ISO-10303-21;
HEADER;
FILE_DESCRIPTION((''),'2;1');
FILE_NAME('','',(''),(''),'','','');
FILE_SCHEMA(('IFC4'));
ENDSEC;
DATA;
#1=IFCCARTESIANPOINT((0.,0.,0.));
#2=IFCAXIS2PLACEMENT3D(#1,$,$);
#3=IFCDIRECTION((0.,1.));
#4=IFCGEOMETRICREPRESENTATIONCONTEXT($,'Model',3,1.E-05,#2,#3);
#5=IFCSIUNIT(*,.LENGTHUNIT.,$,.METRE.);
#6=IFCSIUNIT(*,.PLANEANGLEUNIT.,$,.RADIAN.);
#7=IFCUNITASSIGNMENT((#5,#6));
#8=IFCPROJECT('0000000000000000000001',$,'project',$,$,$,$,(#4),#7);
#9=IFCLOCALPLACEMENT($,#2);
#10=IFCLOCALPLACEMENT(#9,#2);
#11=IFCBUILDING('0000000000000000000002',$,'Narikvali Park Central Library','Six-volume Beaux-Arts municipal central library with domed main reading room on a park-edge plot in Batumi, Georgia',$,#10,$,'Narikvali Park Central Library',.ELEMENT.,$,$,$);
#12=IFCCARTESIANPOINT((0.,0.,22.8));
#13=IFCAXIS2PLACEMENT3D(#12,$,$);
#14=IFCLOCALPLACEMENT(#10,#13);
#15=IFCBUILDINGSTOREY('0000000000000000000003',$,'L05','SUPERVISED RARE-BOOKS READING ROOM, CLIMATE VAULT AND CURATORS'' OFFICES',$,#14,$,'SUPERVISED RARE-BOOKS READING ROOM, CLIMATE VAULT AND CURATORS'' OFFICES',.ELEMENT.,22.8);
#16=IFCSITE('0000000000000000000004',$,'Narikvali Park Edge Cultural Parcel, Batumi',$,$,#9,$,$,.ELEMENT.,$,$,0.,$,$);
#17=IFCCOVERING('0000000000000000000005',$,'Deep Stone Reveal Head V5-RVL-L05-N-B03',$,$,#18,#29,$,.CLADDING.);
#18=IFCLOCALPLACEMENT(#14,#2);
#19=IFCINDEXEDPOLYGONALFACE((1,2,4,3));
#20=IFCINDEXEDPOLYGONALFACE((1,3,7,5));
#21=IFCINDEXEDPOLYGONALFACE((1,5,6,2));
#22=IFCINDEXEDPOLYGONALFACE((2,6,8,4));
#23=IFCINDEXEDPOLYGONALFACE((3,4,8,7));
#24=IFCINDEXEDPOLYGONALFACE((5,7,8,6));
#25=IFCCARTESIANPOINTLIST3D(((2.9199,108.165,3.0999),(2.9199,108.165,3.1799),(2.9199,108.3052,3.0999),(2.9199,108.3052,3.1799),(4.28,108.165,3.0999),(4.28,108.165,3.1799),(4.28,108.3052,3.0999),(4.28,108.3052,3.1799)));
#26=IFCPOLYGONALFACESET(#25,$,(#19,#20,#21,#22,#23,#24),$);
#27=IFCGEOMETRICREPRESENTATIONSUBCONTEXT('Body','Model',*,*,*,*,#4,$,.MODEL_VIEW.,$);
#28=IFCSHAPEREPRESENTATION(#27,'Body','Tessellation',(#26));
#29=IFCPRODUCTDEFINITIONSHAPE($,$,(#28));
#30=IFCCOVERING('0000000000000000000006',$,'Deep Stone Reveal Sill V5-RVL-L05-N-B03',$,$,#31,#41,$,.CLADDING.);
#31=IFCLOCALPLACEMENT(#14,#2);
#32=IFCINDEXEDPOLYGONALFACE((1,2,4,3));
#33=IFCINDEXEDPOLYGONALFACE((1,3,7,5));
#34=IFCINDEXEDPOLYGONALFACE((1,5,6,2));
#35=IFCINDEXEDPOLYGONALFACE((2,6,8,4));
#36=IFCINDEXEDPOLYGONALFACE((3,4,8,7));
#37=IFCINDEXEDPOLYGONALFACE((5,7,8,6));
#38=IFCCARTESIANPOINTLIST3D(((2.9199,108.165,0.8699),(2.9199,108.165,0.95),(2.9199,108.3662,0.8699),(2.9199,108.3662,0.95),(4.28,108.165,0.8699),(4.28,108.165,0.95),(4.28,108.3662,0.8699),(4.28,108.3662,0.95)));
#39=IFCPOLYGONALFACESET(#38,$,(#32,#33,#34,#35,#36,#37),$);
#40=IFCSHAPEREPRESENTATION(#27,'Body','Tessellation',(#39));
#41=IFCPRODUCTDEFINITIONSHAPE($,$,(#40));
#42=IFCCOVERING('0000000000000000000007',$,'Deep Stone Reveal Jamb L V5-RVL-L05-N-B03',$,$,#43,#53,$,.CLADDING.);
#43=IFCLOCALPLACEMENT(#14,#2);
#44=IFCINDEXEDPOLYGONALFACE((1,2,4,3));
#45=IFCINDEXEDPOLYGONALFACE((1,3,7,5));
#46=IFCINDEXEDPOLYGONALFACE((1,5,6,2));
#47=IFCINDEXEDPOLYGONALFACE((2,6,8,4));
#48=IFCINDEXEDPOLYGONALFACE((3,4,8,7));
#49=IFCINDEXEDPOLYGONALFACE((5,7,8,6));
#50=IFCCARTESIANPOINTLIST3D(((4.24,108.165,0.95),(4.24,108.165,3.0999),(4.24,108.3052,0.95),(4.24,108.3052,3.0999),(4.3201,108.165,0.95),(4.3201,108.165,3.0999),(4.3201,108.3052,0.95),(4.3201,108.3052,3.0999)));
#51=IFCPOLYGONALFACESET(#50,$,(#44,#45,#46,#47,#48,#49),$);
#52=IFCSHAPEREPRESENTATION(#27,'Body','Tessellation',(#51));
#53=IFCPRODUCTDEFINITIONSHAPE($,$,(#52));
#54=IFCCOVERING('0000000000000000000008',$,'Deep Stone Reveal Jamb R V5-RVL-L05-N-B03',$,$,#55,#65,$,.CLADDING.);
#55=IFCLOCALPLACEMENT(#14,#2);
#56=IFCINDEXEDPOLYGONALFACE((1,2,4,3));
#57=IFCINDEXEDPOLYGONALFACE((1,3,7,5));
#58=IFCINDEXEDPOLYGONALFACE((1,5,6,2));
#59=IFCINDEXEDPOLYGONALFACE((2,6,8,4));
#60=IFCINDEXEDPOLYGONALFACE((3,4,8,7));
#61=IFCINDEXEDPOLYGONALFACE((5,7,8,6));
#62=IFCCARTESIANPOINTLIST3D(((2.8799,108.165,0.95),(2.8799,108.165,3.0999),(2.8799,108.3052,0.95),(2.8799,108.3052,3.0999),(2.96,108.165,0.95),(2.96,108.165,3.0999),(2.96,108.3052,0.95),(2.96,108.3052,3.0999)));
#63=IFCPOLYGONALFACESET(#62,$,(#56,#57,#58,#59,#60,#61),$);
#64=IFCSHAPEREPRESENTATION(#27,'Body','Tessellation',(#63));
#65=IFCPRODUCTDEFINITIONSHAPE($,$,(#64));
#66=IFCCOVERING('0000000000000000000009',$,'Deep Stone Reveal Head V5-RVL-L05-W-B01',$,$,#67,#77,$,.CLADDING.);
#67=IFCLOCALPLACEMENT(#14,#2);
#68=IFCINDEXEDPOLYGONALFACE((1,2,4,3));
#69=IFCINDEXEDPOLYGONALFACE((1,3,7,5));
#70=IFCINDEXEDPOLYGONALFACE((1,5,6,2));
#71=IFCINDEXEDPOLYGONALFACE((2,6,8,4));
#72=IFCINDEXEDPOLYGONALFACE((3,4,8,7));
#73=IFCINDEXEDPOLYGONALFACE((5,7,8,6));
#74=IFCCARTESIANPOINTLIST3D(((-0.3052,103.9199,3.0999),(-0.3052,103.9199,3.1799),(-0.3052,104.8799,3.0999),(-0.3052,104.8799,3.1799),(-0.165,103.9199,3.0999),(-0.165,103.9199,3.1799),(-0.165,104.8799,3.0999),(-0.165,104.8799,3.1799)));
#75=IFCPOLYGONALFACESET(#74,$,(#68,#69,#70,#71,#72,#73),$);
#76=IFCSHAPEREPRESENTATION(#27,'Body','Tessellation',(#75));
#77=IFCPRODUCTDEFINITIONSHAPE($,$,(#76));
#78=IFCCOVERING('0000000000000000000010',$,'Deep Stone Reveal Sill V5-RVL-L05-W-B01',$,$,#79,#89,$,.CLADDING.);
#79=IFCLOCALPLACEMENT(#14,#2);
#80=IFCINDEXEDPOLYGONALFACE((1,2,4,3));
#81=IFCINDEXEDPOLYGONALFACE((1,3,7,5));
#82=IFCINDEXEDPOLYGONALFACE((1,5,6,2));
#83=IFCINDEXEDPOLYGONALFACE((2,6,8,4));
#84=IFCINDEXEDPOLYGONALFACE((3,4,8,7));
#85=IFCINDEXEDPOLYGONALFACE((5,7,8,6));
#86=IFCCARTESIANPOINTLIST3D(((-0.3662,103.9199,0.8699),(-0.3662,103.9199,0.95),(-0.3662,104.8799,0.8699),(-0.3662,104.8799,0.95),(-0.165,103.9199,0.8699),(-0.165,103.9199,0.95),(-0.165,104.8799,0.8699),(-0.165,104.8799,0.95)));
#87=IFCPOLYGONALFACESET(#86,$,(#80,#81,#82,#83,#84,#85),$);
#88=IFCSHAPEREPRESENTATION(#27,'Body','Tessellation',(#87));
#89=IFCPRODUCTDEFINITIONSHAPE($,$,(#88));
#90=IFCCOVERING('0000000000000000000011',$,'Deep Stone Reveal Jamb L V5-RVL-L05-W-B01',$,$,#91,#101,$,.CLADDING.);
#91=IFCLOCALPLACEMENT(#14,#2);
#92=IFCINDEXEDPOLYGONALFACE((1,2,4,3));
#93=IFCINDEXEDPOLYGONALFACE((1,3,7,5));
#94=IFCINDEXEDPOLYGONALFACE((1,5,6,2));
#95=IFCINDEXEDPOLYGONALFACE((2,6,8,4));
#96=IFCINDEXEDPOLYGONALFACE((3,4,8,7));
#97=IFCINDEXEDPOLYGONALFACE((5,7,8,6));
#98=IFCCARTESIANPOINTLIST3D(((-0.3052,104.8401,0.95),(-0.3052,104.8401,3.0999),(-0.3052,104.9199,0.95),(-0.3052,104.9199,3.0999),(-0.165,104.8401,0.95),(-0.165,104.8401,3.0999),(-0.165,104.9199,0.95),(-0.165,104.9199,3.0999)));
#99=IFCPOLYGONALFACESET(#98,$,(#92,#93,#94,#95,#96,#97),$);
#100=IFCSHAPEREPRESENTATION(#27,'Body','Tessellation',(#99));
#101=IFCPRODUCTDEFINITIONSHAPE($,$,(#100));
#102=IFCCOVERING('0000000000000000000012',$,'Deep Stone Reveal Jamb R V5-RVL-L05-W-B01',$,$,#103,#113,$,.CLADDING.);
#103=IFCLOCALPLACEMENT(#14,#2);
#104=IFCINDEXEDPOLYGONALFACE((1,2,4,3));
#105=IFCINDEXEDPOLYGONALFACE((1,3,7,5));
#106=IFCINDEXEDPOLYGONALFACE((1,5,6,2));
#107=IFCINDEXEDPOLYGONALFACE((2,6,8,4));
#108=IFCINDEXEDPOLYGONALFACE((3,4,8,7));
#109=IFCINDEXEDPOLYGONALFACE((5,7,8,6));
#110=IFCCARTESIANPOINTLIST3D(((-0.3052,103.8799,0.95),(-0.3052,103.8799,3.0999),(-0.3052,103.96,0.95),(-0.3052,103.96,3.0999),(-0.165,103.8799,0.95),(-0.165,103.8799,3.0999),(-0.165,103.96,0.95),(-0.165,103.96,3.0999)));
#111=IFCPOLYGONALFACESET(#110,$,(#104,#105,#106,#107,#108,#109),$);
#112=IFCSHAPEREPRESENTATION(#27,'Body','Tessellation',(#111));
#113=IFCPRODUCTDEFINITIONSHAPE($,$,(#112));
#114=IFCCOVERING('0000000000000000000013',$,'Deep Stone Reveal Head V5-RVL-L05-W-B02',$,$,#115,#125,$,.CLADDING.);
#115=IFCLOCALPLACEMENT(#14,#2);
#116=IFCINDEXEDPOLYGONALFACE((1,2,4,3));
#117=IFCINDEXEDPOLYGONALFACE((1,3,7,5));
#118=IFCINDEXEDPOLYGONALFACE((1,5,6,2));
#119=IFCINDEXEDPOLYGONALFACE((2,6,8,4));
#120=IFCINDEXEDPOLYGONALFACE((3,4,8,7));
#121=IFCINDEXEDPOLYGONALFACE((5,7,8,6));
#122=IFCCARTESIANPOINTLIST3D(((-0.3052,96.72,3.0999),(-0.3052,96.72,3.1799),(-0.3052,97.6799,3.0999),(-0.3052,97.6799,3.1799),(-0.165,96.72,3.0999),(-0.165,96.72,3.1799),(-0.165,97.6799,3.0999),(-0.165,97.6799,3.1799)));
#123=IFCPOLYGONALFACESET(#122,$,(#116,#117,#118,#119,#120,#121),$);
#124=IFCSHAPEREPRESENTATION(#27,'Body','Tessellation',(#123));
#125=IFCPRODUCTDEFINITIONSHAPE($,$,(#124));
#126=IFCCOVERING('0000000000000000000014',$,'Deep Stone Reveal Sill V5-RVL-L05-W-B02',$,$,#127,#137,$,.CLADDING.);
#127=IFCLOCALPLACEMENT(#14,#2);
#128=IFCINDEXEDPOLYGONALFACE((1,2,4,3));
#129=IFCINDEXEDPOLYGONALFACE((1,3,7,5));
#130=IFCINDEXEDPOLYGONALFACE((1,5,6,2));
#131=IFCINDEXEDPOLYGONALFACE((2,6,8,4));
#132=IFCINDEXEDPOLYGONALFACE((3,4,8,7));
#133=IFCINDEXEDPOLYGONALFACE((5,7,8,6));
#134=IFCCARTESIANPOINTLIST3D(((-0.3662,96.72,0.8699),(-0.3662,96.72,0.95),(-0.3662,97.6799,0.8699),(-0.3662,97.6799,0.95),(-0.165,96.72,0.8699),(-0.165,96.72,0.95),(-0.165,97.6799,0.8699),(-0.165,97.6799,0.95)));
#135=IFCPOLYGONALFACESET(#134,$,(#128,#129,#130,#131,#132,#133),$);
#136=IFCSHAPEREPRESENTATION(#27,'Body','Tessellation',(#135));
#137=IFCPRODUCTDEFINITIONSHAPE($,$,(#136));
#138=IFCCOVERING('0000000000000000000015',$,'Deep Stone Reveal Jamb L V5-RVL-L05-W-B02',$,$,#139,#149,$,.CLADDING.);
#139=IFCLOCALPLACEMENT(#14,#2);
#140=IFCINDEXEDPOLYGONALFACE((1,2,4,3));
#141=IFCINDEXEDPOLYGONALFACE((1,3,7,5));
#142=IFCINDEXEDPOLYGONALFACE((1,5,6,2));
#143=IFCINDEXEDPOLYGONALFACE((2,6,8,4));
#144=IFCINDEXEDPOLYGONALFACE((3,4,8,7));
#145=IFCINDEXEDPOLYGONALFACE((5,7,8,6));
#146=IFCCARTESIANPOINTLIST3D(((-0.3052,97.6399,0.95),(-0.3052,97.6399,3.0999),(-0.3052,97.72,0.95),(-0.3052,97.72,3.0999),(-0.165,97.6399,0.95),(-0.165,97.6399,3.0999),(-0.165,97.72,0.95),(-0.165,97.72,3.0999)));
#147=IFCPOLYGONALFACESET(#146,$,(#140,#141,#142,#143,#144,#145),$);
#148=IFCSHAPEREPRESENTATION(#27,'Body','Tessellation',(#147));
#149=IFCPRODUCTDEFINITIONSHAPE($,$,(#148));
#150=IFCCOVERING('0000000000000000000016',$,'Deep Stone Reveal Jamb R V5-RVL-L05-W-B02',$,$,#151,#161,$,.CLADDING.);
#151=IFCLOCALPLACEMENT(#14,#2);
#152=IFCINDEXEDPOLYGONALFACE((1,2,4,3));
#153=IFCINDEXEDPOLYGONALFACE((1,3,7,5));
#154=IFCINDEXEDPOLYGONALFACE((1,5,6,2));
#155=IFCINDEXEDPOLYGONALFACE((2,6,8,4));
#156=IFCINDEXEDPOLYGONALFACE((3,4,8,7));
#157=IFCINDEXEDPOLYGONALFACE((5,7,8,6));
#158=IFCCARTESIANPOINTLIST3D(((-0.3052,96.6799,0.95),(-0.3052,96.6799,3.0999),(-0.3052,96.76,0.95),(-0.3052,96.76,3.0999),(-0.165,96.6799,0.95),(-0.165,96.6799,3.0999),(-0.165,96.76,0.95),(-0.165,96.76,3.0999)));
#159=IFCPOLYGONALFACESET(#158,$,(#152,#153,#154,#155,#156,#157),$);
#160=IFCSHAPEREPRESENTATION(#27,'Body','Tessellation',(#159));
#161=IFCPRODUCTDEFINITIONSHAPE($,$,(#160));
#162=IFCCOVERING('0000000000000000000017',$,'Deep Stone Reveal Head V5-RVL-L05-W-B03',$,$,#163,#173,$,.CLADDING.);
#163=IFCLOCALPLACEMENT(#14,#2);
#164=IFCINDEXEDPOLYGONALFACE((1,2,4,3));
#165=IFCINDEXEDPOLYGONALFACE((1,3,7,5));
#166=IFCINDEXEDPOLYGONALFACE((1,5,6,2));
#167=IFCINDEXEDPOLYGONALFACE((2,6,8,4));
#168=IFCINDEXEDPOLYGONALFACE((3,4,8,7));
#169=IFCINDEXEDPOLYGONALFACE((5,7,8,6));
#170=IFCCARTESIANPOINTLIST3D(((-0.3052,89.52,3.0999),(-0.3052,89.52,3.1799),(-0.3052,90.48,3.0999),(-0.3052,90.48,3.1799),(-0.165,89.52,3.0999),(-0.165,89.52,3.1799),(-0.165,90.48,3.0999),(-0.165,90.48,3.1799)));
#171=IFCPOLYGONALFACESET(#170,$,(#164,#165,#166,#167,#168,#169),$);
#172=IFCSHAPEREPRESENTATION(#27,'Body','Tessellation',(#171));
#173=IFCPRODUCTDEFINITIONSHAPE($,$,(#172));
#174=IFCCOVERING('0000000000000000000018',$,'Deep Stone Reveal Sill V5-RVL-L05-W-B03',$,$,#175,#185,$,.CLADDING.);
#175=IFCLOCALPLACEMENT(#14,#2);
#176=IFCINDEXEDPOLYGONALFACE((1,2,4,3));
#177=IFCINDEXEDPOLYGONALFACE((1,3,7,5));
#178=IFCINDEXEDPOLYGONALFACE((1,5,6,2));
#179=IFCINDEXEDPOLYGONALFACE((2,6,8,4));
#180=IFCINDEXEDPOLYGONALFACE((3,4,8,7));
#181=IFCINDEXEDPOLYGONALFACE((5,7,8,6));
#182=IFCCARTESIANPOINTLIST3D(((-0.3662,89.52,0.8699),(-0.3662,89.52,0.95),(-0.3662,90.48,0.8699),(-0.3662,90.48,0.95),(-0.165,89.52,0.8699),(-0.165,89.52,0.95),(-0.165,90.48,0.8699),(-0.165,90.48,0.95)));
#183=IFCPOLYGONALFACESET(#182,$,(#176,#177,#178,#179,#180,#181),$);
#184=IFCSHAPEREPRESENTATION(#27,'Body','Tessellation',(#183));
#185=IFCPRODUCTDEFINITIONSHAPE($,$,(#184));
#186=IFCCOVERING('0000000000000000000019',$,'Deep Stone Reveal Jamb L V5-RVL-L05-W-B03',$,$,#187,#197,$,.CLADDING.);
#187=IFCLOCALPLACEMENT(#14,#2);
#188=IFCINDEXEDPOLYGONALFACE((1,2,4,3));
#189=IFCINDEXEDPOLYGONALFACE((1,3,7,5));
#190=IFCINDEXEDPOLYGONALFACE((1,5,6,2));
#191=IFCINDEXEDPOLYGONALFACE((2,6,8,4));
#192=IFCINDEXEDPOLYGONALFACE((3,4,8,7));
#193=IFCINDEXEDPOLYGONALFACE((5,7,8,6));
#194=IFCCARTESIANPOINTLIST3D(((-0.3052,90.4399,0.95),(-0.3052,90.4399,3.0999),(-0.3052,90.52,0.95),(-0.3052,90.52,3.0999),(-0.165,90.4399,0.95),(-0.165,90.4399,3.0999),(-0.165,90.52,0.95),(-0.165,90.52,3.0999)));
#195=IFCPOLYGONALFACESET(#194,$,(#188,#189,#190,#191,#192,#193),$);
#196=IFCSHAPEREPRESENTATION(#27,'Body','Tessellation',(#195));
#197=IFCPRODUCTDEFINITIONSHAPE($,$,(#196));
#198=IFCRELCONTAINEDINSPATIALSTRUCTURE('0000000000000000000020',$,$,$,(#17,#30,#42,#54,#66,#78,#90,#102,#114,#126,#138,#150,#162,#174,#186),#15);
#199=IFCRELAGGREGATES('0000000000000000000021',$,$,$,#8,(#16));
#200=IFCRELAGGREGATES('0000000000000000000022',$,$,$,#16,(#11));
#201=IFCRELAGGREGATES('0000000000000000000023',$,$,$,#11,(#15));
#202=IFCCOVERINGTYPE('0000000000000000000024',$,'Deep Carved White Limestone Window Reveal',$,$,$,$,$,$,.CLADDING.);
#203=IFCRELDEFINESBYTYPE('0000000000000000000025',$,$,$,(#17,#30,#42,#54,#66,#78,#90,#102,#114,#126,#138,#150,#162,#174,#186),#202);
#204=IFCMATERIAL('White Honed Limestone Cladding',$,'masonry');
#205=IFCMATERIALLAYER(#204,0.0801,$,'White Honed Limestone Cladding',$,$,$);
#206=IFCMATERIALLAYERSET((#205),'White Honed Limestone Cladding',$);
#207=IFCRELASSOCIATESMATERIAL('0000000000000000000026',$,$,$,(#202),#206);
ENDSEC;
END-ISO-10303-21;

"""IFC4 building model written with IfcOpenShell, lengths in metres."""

from ifc_helpers import new_model, si_unit, direction, frame, origin, place, context, subcontext, project, spatial, polyline, outline, extrude, material, layer, layer_set, type_object, element, save


model = new_model("IFC4")

# Units and contexts
model_context = context("Model", 3, precision=1e-05, world=origin(), true_north=direction((0.0, 1.0)))
body_context = subcontext(model_context, "Body", "Model", "MODEL_VIEW")
ifc_project = project(units=[si_unit("LENGTHUNIT", "METRE"), si_unit("PLANEANGLEUNIT", "RADIAN")], contexts=[model_context])

# Site, building, storey
site_placement = place(None, origin())
site = spatial("IfcSite", under=ifc_project, at=site_placement, Name="Narikvali Park Edge Cultural Parcel, Batumi", CompositionType="ELEMENT", RefElevation=0.0)
building_placement = place(site_placement, origin())
building = spatial("IfcBuilding", under=site, at=building_placement, Name="Narikvali Park Central Library", Description="Six-volume Beaux-Arts municipal central library with domed main reading room on a park-edge plot in Batumi, Georgia", LongName="Narikvali Park Central Library", CompositionType="ELEMENT")
storey_placement = place(building_placement, frame((0.0, 0.0, 22.8)))
storey = spatial("IfcBuildingStorey", under=building, at=storey_placement, Name="L05", Description="SUPERVISED RARE-BOOKS READING ROOM, CLIMATE VAULT AND CURATORS' OFFICES", LongName="SUPERVISED RARE-BOOKS READING ROOM, CLIMATE VAULT AND CURATORS' OFFICES", CompositionType="ELEMENT", Elevation=22.8)

# Coverings
ifc_material = material(Name="White Honed Limestone Cladding", Category="masonry")
ifc_layer = layer(ifc_material, 0.0801, Name="White Honed Limestone Cladding")
ifc_layer_set = layer_set([ifc_layer], Name="White Honed Limestone Cladding")
covering_type = type_object("IfcCoveringType", Name="Deep Carved White Limestone Window Reveal", PredefinedType="CLADDING", material=ifc_layer_set)
covering_1_placement = place(storey_placement, frame((0.0, 0.0, 3.0999)))
element("IfcCovering", 1, at=covering_1_placement, inside=storey, type_object=covering_type, Name="Deep Stone Reveal Head V5-RVL-L05-N-B03", PredefinedType="CLADDING", context=body_context, shape_type="SweptSolid", body=[
    extrude(outline(polyline([(4.28, 108.165), (2.9199, 108.165), (2.9199, 108.3052), (4.28, 108.3052), (4.28, 108.165)])), origin(), (0.0, 0.0, 1.0), 0.0801),
])
covering_2_placement = place(storey_placement, frame((0.0, 0.0, 0.8699)))
element("IfcCovering", 2, at=covering_2_placement, inside=storey, type_object=covering_type, Name="Deep Stone Reveal Sill V5-RVL-L05-N-B03", PredefinedType="CLADDING", context=body_context, shape_type="SweptSolid", body=[
    extrude(outline(polyline([(4.28, 108.165), (2.9199, 108.165), (2.9199, 108.3662), (4.28, 108.3662), (4.28, 108.165)])), origin(), (0.0, 0.0, 1.0), 0.0801),
])
covering_3_placement = place(storey_placement, frame((0.0, 0.0, 0.95)))
element("IfcCovering", 3, at=covering_3_placement, inside=storey, type_object=covering_type, Name="Deep Stone Reveal Jamb L V5-RVL-L05-N-B03", PredefinedType="CLADDING", context=body_context, shape_type="SweptSolid", body=[
    extrude(outline(polyline([(4.3201, 108.165), (4.24, 108.165), (4.24, 108.3052), (4.3201, 108.3052), (4.3201, 108.165)])), origin(), (0.0, 0.0, 1.0), 2.1499),
])
covering_4_placement = place(storey_placement, frame((0.0, 0.0, 0.95)))
element("IfcCovering", 4, at=covering_4_placement, inside=storey, type_object=covering_type, Name="Deep Stone Reveal Jamb R V5-RVL-L05-N-B03", PredefinedType="CLADDING", context=body_context, shape_type="SweptSolid", body=[
    extrude(outline(polyline([(2.96, 108.165), (2.8799, 108.165), (2.8799, 108.3052), (2.96, 108.3052), (2.96, 108.165)])), origin(), (0.0, 0.0, 1.0), 2.1499),
])
covering_5_placement = place(storey_placement, frame((0.0, 0.0, 3.0999)))
element("IfcCovering", 5, at=covering_5_placement, inside=storey, type_object=covering_type, Name="Deep Stone Reveal Head V5-RVL-L05-W-B01", PredefinedType="CLADDING", context=body_context, shape_type="SweptSolid", body=[
    extrude(outline(polyline([(-0.165, 104.8799), (-0.165, 103.9199), (-0.3052, 103.9199), (-0.3052, 104.8799), (-0.165, 104.8799)])), origin(), (0.0, 0.0, 1.0), 0.0801),
])
covering_6_placement = place(storey_placement, frame((0.0, 0.0, 0.8699)))
element("IfcCovering", 6, at=covering_6_placement, inside=storey, type_object=covering_type, Name="Deep Stone Reveal Sill V5-RVL-L05-W-B01", PredefinedType="CLADDING", context=body_context, shape_type="SweptSolid", body=[
    extrude(outline(polyline([(-0.165, 104.8799), (-0.165, 103.9199), (-0.3662, 103.9199), (-0.3662, 104.8799), (-0.165, 104.8799)])), origin(), (0.0, 0.0, 1.0), 0.0801),
])
covering_7_placement = place(storey_placement, frame((0.0, 0.0, 0.95)))
element("IfcCovering", 7, at=covering_7_placement, inside=storey, type_object=covering_type, Name="Deep Stone Reveal Jamb L V5-RVL-L05-W-B01", PredefinedType="CLADDING", context=body_context, shape_type="SweptSolid", body=[
    extrude(outline(polyline([(-0.165, 104.9199), (-0.165, 104.8401), (-0.3052, 104.8401), (-0.3052, 104.9199), (-0.165, 104.9199)])), origin(), (0.0, 0.0, 1.0), 2.1499),
])
covering_8_placement = place(storey_placement, frame((0.0, 0.0, 0.95)))
element("IfcCovering", 8, at=covering_8_placement, inside=storey, type_object=covering_type, Name="Deep Stone Reveal Jamb R V5-RVL-L05-W-B01", PredefinedType="CLADDING", context=body_context, shape_type="SweptSolid", body=[
    extrude(outline(polyline([(-0.165, 103.96), (-0.165, 103.8799), (-0.3052, 103.8799), (-0.3052, 103.96), (-0.165, 103.96)])), origin(), (0.0, 0.0, 1.0), 2.1499),
])
covering_9_placement = place(storey_placement, frame((0.0, 0.0, 3.0999)))
element("IfcCovering", 9, at=covering_9_placement, inside=storey, type_object=covering_type, Name="Deep Stone Reveal Head V5-RVL-L05-W-B02", PredefinedType="CLADDING", context=body_context, shape_type="SweptSolid", body=[
    extrude(outline(polyline([(-0.165, 97.6799), (-0.165, 96.72), (-0.3052, 96.72), (-0.3052, 97.6799), (-0.165, 97.6799)])), origin(), (0.0, 0.0, 1.0), 0.0801),
])
covering_10_placement = place(storey_placement, frame((0.0, 0.0, 0.8699)))
element("IfcCovering", 10, at=covering_10_placement, inside=storey, type_object=covering_type, Name="Deep Stone Reveal Sill V5-RVL-L05-W-B02", PredefinedType="CLADDING", context=body_context, shape_type="SweptSolid", body=[
    extrude(outline(polyline([(-0.165, 97.6799), (-0.165, 96.72), (-0.3662, 96.72), (-0.3662, 97.6799), (-0.165, 97.6799)])), origin(), (0.0, 0.0, 1.0), 0.0801),
])
covering_11_placement = place(storey_placement, frame((0.0, 0.0, 0.95)))
element("IfcCovering", 11, at=covering_11_placement, inside=storey, type_object=covering_type, Name="Deep Stone Reveal Jamb L V5-RVL-L05-W-B02", PredefinedType="CLADDING", context=body_context, shape_type="SweptSolid", body=[
    extrude(outline(polyline([(-0.165, 97.72), (-0.165, 97.6399), (-0.3052, 97.6399), (-0.3052, 97.72), (-0.165, 97.72)])), origin(), (0.0, 0.0, 1.0), 2.1499),
])
covering_12_placement = place(storey_placement, frame((0.0, 0.0, 0.95)))
element("IfcCovering", 12, at=covering_12_placement, inside=storey, type_object=covering_type, Name="Deep Stone Reveal Jamb R V5-RVL-L05-W-B02", PredefinedType="CLADDING", context=body_context, shape_type="SweptSolid", body=[
    extrude(outline(polyline([(-0.165, 96.76), (-0.165, 96.6799), (-0.3052, 96.6799), (-0.3052, 96.76), (-0.165, 96.76)])), origin(), (0.0, 0.0, 1.0), 2.1499),
])
covering_13_placement = place(storey_placement, frame((0.0, 0.0, 3.0999)))
element("IfcCovering", 13, at=covering_13_placement, inside=storey, type_object=covering_type, Name="Deep Stone Reveal Head V5-RVL-L05-W-B03", PredefinedType="CLADDING", context=body_context, shape_type="SweptSolid", body=[
    extrude(outline(polyline([(-0.165, 90.48), (-0.165, 89.52), (-0.3052, 89.52), (-0.3052, 90.48), (-0.165, 90.48)])), origin(), (0.0, 0.0, 1.0), 0.0801),
])
covering_14_placement = place(storey_placement, frame((0.0, 0.0, 0.8699)))
element("IfcCovering", 14, at=covering_14_placement, inside=storey, type_object=covering_type, Name="Deep Stone Reveal Sill V5-RVL-L05-W-B03", PredefinedType="CLADDING", context=body_context, shape_type="SweptSolid", body=[
    extrude(outline(polyline([(-0.165, 90.48), (-0.165, 89.52), (-0.3662, 89.52), (-0.3662, 90.48), (-0.165, 90.48)])), origin(), (0.0, 0.0, 1.0), 0.0801),
])
covering_15_placement = place(storey_placement, frame((0.0, 0.0, 0.95)))
element("IfcCovering", 15, at=covering_15_placement, inside=storey, type_object=covering_type, Name="Deep Stone Reveal Jamb L V5-RVL-L05-W-B03", PredefinedType="CLADDING", context=body_context, shape_type="SweptSolid", body=[
    extrude(outline(polyline([(-0.165, 90.52), (-0.165, 90.4399), (-0.3052, 90.4399), (-0.3052, 90.52), (-0.165, 90.52)])), origin(), (0.0, 0.0, 1.0), 2.1499),
])

save(model, "model.ifc")
